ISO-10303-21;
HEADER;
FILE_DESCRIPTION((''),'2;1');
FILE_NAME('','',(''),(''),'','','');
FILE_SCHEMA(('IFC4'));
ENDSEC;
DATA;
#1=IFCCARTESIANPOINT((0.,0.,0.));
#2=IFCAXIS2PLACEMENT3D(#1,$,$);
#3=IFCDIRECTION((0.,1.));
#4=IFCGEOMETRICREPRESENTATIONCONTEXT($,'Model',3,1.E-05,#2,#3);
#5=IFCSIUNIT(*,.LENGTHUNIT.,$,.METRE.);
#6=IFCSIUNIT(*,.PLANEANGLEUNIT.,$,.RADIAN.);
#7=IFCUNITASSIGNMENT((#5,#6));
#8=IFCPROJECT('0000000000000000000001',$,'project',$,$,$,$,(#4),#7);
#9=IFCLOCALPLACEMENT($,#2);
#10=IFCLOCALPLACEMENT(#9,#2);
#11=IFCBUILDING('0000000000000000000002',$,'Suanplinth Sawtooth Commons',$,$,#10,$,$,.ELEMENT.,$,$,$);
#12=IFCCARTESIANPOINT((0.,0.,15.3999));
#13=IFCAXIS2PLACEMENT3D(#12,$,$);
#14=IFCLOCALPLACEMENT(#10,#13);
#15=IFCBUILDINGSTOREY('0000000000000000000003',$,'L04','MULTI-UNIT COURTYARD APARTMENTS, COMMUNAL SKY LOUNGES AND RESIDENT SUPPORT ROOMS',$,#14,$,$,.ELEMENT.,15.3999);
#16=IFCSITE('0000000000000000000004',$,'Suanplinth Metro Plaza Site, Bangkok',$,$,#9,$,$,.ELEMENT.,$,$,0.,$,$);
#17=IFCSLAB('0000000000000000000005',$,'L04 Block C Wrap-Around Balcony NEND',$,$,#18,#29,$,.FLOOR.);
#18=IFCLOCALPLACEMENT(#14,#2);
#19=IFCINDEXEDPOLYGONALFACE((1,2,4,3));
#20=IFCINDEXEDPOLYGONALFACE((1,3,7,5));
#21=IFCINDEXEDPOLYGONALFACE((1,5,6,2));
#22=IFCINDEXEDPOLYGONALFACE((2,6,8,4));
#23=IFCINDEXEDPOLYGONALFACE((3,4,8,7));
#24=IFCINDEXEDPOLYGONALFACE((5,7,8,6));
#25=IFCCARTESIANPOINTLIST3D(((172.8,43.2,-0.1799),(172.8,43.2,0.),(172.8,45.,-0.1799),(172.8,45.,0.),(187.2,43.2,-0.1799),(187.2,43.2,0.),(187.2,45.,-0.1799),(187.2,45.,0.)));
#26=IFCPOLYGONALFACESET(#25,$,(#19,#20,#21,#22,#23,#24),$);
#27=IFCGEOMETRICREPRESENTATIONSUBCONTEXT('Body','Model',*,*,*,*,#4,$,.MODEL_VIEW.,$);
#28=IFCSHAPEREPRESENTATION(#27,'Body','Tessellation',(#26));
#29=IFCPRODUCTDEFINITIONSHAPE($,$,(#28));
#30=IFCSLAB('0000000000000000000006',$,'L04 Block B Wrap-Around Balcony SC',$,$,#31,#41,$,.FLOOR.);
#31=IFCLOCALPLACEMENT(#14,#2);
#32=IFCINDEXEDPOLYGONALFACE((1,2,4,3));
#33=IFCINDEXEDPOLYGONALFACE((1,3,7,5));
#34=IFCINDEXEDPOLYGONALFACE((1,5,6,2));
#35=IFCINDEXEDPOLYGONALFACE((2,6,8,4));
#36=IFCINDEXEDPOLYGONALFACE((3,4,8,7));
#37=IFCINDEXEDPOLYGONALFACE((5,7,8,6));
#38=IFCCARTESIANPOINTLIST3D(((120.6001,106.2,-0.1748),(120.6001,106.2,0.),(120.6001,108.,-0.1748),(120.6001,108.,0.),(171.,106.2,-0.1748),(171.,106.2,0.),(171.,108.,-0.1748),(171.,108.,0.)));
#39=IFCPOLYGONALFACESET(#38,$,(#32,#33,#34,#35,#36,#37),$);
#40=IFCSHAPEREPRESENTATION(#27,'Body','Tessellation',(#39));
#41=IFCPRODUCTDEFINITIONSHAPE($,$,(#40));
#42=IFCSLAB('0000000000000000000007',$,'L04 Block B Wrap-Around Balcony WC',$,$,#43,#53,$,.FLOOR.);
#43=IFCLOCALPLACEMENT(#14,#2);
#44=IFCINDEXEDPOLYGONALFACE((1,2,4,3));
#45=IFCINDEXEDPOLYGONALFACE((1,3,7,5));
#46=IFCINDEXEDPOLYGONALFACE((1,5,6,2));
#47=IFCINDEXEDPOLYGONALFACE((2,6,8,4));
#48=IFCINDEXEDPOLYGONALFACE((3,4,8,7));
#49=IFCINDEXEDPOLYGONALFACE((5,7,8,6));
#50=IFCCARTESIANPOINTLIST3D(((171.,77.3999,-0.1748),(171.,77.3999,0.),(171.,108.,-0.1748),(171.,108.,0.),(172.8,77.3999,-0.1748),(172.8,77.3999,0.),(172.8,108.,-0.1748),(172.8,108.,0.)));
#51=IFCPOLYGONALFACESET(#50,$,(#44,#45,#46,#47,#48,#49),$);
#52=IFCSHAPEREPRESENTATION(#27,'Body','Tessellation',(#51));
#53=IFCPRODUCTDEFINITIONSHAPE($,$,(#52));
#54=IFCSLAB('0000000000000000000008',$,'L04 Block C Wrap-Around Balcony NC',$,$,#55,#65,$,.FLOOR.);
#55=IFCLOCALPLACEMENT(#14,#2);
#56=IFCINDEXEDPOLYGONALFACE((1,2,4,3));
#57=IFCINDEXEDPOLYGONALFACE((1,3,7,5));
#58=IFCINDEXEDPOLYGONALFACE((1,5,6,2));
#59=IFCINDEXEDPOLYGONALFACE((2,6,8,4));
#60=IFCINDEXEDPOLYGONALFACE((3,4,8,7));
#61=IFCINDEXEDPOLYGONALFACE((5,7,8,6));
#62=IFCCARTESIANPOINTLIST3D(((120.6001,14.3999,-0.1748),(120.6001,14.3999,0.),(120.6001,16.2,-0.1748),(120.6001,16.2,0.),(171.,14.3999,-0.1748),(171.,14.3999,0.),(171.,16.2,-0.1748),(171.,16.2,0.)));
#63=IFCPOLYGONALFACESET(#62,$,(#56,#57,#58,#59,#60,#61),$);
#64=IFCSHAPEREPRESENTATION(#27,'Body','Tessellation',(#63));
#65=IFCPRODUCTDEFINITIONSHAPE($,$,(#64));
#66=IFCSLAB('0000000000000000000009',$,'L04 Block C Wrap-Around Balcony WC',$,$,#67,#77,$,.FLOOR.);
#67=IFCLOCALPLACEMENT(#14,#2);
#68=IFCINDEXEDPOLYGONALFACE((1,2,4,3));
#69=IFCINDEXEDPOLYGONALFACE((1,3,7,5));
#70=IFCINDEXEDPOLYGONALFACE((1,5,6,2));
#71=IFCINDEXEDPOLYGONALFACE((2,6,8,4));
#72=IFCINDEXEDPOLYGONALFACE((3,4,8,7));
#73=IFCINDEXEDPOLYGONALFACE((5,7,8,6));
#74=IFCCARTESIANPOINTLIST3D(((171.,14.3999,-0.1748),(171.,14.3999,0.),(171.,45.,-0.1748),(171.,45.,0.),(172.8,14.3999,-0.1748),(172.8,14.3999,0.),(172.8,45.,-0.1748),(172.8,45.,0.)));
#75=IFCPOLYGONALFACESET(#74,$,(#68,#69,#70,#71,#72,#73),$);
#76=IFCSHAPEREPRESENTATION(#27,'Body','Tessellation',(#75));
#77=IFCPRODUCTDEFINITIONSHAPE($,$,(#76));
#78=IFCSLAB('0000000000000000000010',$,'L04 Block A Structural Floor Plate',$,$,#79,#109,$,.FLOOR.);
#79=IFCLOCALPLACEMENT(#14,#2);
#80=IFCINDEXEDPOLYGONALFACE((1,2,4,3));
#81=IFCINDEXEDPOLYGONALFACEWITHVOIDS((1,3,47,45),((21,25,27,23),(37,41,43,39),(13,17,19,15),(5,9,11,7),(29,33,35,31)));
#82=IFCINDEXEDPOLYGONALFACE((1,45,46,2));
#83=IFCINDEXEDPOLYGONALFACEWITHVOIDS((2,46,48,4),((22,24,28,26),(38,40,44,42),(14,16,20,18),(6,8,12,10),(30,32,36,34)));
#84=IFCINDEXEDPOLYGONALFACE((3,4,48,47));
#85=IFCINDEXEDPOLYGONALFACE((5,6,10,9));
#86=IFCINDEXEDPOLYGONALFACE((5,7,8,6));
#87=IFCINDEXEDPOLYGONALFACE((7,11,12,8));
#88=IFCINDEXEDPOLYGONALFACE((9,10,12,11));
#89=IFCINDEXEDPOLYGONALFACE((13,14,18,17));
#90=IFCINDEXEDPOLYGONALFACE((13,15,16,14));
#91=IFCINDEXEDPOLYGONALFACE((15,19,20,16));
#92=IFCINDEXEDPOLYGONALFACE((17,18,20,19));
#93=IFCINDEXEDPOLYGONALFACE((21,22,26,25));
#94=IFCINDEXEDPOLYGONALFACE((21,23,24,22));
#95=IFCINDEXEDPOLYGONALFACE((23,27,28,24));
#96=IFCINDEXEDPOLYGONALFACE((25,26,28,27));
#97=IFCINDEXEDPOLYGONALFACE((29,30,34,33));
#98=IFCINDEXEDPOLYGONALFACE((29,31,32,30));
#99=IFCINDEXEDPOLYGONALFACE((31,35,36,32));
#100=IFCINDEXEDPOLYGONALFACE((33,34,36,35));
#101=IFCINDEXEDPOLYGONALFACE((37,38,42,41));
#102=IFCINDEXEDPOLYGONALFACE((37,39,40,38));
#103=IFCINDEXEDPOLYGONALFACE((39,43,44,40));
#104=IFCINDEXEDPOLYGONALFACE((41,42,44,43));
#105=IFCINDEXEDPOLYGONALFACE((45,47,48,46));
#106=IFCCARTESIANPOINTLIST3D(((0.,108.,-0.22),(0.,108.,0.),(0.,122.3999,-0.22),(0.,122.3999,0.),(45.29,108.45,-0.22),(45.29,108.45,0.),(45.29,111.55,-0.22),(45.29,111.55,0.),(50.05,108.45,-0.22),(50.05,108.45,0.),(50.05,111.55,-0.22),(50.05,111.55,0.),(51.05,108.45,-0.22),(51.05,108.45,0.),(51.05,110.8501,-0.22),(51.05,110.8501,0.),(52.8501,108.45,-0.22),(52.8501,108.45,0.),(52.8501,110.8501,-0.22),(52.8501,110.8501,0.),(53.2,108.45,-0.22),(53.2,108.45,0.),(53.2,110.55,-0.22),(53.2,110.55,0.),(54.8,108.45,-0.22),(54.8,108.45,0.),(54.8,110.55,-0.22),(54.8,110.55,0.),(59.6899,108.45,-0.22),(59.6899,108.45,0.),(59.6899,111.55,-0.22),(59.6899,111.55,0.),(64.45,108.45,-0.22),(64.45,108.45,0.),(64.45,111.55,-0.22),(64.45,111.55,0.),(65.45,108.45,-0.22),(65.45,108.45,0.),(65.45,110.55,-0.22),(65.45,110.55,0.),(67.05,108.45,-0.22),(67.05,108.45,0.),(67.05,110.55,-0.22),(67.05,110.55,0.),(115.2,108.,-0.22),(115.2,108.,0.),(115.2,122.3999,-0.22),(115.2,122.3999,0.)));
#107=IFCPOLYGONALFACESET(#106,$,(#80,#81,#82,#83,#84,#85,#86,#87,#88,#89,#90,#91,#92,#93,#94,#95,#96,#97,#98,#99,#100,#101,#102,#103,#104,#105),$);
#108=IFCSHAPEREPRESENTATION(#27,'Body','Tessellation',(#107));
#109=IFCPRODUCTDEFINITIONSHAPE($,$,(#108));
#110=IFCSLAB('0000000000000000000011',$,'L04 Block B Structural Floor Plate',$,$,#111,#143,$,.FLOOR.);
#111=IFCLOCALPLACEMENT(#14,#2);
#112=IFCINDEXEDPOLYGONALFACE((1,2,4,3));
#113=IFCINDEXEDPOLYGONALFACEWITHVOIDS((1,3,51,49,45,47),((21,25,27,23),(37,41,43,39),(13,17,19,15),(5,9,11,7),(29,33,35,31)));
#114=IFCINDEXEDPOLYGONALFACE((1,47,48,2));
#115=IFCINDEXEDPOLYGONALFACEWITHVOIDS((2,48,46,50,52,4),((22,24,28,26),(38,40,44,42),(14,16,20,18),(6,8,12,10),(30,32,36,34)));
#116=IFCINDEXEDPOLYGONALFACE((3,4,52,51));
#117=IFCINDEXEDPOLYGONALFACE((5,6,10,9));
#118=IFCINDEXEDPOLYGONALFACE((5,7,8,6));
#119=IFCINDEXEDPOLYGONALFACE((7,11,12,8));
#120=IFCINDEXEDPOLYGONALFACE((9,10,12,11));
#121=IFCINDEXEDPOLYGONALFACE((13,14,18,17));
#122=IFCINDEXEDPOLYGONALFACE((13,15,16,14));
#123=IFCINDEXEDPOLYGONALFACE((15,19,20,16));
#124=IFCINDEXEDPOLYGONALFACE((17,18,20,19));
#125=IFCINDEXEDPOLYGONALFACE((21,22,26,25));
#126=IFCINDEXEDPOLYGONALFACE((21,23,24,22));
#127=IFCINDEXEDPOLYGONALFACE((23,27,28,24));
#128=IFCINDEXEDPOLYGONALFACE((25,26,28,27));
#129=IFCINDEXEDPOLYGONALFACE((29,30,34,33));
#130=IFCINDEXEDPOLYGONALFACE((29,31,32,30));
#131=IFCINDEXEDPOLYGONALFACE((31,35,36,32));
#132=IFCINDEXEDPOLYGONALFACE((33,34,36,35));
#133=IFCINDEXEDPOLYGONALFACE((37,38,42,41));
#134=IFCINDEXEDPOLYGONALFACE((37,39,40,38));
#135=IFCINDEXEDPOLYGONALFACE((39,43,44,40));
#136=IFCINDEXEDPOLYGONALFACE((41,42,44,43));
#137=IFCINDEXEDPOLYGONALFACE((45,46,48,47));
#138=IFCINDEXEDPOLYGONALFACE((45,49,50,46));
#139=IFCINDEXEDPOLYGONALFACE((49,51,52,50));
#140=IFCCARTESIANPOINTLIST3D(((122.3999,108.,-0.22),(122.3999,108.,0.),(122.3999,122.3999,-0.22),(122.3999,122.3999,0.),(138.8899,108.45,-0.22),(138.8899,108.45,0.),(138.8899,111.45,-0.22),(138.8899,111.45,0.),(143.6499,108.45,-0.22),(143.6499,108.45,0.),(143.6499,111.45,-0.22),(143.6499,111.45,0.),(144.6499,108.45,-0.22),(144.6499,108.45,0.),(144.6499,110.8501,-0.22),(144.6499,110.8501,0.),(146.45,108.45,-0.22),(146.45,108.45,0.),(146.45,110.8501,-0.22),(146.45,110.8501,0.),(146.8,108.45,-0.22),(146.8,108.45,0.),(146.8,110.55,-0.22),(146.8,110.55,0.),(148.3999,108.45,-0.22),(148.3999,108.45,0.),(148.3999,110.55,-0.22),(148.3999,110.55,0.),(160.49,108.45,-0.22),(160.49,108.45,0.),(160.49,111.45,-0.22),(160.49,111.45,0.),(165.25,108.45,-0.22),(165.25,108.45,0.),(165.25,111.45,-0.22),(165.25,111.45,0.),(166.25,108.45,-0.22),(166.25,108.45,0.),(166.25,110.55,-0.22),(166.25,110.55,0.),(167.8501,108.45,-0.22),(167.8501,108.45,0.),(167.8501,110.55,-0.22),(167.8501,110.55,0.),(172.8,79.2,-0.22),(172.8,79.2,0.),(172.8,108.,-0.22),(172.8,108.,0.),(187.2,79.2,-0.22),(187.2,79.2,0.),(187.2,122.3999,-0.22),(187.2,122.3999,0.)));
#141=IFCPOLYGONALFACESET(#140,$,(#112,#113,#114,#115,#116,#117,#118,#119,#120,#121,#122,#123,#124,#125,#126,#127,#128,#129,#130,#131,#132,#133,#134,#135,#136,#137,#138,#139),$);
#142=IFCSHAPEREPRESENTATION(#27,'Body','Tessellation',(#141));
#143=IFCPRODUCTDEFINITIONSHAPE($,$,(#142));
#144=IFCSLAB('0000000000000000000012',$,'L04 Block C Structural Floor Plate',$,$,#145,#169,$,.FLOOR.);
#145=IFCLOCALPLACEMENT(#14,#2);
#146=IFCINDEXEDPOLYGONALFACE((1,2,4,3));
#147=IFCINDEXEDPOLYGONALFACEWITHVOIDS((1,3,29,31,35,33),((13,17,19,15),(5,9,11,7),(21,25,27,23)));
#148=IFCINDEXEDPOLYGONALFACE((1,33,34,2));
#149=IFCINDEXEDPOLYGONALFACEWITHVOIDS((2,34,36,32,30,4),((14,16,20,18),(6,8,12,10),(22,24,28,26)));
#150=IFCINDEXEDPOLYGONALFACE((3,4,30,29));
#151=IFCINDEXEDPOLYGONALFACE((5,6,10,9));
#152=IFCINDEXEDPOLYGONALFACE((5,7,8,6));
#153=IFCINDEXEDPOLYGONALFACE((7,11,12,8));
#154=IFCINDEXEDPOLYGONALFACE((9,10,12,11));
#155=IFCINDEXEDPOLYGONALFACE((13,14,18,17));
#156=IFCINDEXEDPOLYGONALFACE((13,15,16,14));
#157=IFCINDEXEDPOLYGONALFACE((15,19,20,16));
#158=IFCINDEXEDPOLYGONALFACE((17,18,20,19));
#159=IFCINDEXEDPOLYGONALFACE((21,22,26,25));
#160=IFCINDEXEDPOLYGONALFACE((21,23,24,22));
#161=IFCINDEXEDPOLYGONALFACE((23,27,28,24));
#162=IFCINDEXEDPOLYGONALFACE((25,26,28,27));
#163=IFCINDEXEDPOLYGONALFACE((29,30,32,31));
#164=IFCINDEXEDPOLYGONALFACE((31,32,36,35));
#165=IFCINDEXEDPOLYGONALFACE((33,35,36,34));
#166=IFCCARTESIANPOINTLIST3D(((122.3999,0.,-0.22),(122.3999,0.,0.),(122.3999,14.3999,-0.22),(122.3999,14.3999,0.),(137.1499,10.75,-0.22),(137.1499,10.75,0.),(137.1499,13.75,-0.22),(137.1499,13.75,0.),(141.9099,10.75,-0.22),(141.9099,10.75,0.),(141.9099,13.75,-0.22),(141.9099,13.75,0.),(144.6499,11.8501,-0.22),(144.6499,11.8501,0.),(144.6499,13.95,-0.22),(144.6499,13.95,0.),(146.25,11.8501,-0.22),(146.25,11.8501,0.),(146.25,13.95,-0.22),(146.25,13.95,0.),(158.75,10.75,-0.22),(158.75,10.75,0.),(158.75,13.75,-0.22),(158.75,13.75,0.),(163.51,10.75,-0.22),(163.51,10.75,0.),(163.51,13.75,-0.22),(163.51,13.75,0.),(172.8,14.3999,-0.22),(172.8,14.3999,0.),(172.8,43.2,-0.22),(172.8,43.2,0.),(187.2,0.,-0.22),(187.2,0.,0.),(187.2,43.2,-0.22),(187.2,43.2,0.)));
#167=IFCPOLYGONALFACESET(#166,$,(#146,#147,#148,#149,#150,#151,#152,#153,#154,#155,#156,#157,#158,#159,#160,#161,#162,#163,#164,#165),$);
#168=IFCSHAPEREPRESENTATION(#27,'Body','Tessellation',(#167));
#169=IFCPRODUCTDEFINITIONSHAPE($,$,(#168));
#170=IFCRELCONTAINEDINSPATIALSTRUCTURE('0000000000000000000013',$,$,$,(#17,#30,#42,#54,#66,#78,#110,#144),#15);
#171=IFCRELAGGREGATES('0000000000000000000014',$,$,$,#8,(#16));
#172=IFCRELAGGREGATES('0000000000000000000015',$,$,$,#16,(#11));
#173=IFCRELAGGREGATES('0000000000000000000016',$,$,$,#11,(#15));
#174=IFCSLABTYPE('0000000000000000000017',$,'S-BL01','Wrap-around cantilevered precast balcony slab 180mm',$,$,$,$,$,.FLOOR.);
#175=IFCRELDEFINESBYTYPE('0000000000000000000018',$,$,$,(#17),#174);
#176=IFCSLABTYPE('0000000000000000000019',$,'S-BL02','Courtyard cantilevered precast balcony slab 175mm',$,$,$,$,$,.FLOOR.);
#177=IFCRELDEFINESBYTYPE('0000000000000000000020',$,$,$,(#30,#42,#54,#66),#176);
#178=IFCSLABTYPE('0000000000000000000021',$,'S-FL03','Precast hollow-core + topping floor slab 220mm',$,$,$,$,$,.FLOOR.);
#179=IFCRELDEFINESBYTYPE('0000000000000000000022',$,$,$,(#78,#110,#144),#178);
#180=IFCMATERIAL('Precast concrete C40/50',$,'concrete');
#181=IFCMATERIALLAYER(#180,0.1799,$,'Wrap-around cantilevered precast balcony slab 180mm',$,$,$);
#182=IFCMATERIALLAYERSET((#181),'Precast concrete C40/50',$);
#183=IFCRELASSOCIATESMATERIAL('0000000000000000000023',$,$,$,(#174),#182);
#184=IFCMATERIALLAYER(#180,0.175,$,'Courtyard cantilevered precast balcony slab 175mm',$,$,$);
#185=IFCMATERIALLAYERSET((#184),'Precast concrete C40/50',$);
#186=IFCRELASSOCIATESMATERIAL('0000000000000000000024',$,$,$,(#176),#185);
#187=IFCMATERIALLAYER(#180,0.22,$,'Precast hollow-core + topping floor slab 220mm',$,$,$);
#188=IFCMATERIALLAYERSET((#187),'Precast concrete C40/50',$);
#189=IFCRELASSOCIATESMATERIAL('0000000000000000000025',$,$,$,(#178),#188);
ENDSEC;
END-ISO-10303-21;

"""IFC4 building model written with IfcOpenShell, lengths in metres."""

from ifc_helpers import new_model, si_unit, direction, frame, origin, place, context, subcontext, project, spatial, polyline, outline, extrude, material, layer, layer_set, type_object, element, save


model = new_model("IFC4")

# Units and contexts
model_context = context("Model", 3, precision=1e-05, world=origin(), true_north=direction((0.0, 1.0)))
body_context = subcontext(model_context, "Body", "Model", "MODEL_VIEW")
ifc_project = project(units=[si_unit("LENGTHUNIT", "METRE"), si_unit("PLANEANGLEUNIT", "RADIAN")], contexts=[model_context])

# Site, building, storey
site_placement = place(None, origin())
site = spatial("IfcSite", under=ifc_project, at=site_placement, Name="Suanplinth Metro Plaza Site, Bangkok", CompositionType="ELEMENT", RefElevation=0.0)
building_placement = place(site_placement, origin())
building = spatial("IfcBuilding", under=site, at=building_placement, Name="Suanplinth Sawtooth Commons", CompositionType="ELEMENT")
storey_placement = place(building_placement, frame((0.0, 0.0, 15.3999)))
storey = spatial("IfcBuildingStorey", under=building, at=storey_placement, Name="L04", Description="MULTI-UNIT COURTYARD APARTMENTS, COMMUNAL SKY LOUNGES AND RESIDENT SUPPORT ROOMS", CompositionType="ELEMENT", Elevation=15.3999)

# Shared definitions
ifc_material_1 = material(Name="Precast concrete C40/50", Category="concrete")

# Slabs
ifc_layer_1 = layer(ifc_material_1, 0.1799, Name="Wrap-around cantilevered precast balcony slab 180mm")
ifc_layer_set_1 = layer_set([ifc_layer_1], Name="Precast concrete C40/50")
slab_type_1 = type_object("IfcSlabType", Name="S-BL01", Description="Wrap-around cantilevered precast balcony slab 180mm", PredefinedType="FLOOR", material=ifc_layer_set_1)
slab_1_placement = place(storey_placement, frame((0.0, 0.0, -0.1799)))
element("IfcSlab", 1, at=slab_1_placement, inside=storey, type_object=slab_type_1, Name="L04 Block C Wrap-Around Balcony NEND", PredefinedType="FLOOR", context=body_context, shape_type="SweptSolid", body=[
    extrude(outline(polyline([(172.8, 45.0), (187.2, 45.0), (187.2, 43.2), (172.8, 43.2), (172.8, 45.0)])), origin(), (0.0, 0.0, 1.0), 0.1799),
])
ifc_layer_2 = layer(ifc_material_1, 0.175, Name="Courtyard cantilevered precast balcony slab 175mm")
ifc_layer_set_2 = layer_set([ifc_layer_2], Name="Precast concrete C40/50")
slab_type_2 = type_object("IfcSlabType", Name="S-BL02", Description="Courtyard cantilevered precast balcony slab 175mm", PredefinedType="FLOOR", material=ifc_layer_set_2)
slab_2_placement = place(storey_placement, frame((0.0, 0.0, -0.1748)))
element("IfcSlab", 2, at=slab_2_placement, inside=storey, type_object=slab_type_2, Name="L04 Block B Wrap-Around Balcony SC", PredefinedType="FLOOR", context=body_context, shape_type="SweptSolid", body=[
    extrude(outline(polyline([(171.0, 106.2), (120.6001, 106.2), (120.6001, 108.0), (171.0, 108.0), (171.0, 106.2)])), origin(), (0.0, 0.0, 1.0), 0.1748),
])
slab_3_placement = place(storey_placement, frame((0.0, 0.0, -0.1748)))
element("IfcSlab", 3, at=slab_3_placement, inside=storey, type_object=slab_type_2, Name="L04 Block B Wrap-Around Balcony WC", PredefinedType="FLOOR", context=body_context, shape_type="SweptSolid", body=[
    extrude(outline(polyline([(172.8, 77.3999), (171.0, 77.3999), (171.0, 108.0), (172.8, 108.0), (172.8, 77.3999)])), origin(), (0.0, 0.0, 1.0), 0.1748),
])
slab_4_placement = place(storey_placement, frame((0.0, 0.0, -0.1748)))
element("IfcSlab", 4, at=slab_4_placement, inside=storey, type_object=slab_type_2, Name="L04 Block C Wrap-Around Balcony NC", PredefinedType="FLOOR", context=body_context, shape_type="SweptSolid", body=[
    extrude(outline(polyline([(120.6001, 14.3999), (120.6001, 16.2), (171.0, 16.2), (171.0, 14.3999), (120.6001, 14.3999)])), origin(), (0.0, 0.0, 1.0), 0.1748),
])
slab_5_placement = place(storey_placement, frame((0.0, 0.0, -0.1748)))
element("IfcSlab", 5, at=slab_5_placement, inside=storey, type_object=slab_type_2, Name="L04 Block C Wrap-Around Balcony WC", PredefinedType="FLOOR", context=body_context, shape_type="SweptSolid", body=[
    extrude(outline(polyline([(172.8, 14.3999), (171.0, 14.3999), (171.0, 45.0), (172.8, 45.0), (172.8, 14.3999)])), origin(), (0.0, 0.0, 1.0), 0.1748),
])
ifc_layer_3 = layer(ifc_material_1, 0.22, Name="Precast hollow-core + topping floor slab 220mm")
ifc_layer_set_3 = layer_set([ifc_layer_3], Name="Precast concrete C40/50")
slab_type_3 = type_object("IfcSlabType", Name="S-FL03", Description="Precast hollow-core + topping floor slab 220mm", PredefinedType="FLOOR", material=ifc_layer_set_3)
slab_6_placement = place(storey_placement, frame((0.0, 0.0, -0.22)))
element("IfcSlab", 6, at=slab_6_placement, inside=storey, type_object=slab_type_3, Name="L04 Block A Structural Floor Plate", PredefinedType="FLOOR", context=body_context, shape_type="SweptSolid", body=[
    extrude(outline(polyline([(0.0, 108.0), (115.2, 108.0), (115.2, 122.3999), (0.0, 122.3999), (0.0, 108.0)]), holes=[polyline([(45.29, 108.45), (50.05, 108.45), (50.05, 111.55), (45.29, 111.55), (45.29, 108.45)]), polyline([(51.05, 108.45), (52.8501, 108.45), (52.8501, 110.8501), (51.05, 110.8501), (51.05, 108.45)]), polyline([(53.2, 108.45), (54.8, 108.45), (54.8, 110.55), (53.2, 110.55), (53.2, 108.45)]), polyline([(59.6899, 108.45), (64.45, 108.45), (64.45, 111.55), (59.6899, 111.55), (59.6899, 108.45)]), polyline([(65.45, 108.45), (67.05, 108.45), (67.05, 110.55), (65.45, 110.55), (65.45, 108.45)])]), origin(), (0.0, 0.0, 1.0), 0.22),
])
slab_7_placement = place(storey_placement, frame((0.0, 0.0, -0.22)))
element("IfcSlab", 7, at=slab_7_placement, inside=storey, type_object=slab_type_3, Name="L04 Block B Structural Floor Plate", PredefinedType="FLOOR", context=body_context, shape_type="SweptSolid", body=[
    extrude(outline(polyline([(172.8, 108.0), (122.3999, 108.0), (122.3999, 122.3999), (187.2, 122.3999), (187.2, 79.2), (172.8, 79.2), (172.8, 108.0)]), holes=[polyline([(138.8899, 108.45), (143.6499, 108.45), (143.6499, 111.45), (138.8899, 111.45), (138.8899, 108.45)]), polyline([(144.6499, 108.45), (146.45, 108.45), (146.45, 110.8501), (144.6499, 110.8501), (144.6499, 108.45)]), polyline([(146.8, 108.45), (148.3999, 108.45), (148.3999, 110.55), (146.8, 110.55), (146.8, 108.45)]), polyline([(160.49, 108.45), (165.25, 108.45), (165.25, 111.45), (160.49, 111.45), (160.49, 108.45)]), polyline([(166.25, 108.45), (167.8501, 108.45), (167.8501, 110.55), (166.25, 110.55), (166.25, 108.45)])]), origin(), (0.0, 0.0, 1.0), 0.22),
])
slab_8_placement = place(storey_placement, frame((0.0, 0.0, -0.22)))
element("IfcSlab", 8, at=slab_8_placement, inside=storey, type_object=slab_type_3, Name="L04 Block C Structural Floor Plate", PredefinedType="FLOOR", context=body_context, shape_type="SweptSolid", body=[
    extrude(outline(polyline([(187.2, 0.0), (122.3999, 0.0), (122.3999, 14.3999), (172.8, 14.3999), (172.8, 43.2), (187.2, 43.2), (187.2, 0.0)]), holes=[polyline([(137.1499, 10.75), (141.9099, 10.75), (141.9099, 13.75), (137.1499, 13.75), (137.1499, 10.75)]), polyline([(144.6499, 11.8501), (146.25, 11.8501), (146.25, 13.95), (144.6499, 13.95), (144.6499, 11.8501)]), polyline([(158.75, 10.75), (163.51, 10.75), (163.51, 13.75), (158.75, 13.75), (158.75, 10.75)])]), origin(), (0.0, 0.0, 1.0), 0.22),
])

save(model, "model.ifc")
